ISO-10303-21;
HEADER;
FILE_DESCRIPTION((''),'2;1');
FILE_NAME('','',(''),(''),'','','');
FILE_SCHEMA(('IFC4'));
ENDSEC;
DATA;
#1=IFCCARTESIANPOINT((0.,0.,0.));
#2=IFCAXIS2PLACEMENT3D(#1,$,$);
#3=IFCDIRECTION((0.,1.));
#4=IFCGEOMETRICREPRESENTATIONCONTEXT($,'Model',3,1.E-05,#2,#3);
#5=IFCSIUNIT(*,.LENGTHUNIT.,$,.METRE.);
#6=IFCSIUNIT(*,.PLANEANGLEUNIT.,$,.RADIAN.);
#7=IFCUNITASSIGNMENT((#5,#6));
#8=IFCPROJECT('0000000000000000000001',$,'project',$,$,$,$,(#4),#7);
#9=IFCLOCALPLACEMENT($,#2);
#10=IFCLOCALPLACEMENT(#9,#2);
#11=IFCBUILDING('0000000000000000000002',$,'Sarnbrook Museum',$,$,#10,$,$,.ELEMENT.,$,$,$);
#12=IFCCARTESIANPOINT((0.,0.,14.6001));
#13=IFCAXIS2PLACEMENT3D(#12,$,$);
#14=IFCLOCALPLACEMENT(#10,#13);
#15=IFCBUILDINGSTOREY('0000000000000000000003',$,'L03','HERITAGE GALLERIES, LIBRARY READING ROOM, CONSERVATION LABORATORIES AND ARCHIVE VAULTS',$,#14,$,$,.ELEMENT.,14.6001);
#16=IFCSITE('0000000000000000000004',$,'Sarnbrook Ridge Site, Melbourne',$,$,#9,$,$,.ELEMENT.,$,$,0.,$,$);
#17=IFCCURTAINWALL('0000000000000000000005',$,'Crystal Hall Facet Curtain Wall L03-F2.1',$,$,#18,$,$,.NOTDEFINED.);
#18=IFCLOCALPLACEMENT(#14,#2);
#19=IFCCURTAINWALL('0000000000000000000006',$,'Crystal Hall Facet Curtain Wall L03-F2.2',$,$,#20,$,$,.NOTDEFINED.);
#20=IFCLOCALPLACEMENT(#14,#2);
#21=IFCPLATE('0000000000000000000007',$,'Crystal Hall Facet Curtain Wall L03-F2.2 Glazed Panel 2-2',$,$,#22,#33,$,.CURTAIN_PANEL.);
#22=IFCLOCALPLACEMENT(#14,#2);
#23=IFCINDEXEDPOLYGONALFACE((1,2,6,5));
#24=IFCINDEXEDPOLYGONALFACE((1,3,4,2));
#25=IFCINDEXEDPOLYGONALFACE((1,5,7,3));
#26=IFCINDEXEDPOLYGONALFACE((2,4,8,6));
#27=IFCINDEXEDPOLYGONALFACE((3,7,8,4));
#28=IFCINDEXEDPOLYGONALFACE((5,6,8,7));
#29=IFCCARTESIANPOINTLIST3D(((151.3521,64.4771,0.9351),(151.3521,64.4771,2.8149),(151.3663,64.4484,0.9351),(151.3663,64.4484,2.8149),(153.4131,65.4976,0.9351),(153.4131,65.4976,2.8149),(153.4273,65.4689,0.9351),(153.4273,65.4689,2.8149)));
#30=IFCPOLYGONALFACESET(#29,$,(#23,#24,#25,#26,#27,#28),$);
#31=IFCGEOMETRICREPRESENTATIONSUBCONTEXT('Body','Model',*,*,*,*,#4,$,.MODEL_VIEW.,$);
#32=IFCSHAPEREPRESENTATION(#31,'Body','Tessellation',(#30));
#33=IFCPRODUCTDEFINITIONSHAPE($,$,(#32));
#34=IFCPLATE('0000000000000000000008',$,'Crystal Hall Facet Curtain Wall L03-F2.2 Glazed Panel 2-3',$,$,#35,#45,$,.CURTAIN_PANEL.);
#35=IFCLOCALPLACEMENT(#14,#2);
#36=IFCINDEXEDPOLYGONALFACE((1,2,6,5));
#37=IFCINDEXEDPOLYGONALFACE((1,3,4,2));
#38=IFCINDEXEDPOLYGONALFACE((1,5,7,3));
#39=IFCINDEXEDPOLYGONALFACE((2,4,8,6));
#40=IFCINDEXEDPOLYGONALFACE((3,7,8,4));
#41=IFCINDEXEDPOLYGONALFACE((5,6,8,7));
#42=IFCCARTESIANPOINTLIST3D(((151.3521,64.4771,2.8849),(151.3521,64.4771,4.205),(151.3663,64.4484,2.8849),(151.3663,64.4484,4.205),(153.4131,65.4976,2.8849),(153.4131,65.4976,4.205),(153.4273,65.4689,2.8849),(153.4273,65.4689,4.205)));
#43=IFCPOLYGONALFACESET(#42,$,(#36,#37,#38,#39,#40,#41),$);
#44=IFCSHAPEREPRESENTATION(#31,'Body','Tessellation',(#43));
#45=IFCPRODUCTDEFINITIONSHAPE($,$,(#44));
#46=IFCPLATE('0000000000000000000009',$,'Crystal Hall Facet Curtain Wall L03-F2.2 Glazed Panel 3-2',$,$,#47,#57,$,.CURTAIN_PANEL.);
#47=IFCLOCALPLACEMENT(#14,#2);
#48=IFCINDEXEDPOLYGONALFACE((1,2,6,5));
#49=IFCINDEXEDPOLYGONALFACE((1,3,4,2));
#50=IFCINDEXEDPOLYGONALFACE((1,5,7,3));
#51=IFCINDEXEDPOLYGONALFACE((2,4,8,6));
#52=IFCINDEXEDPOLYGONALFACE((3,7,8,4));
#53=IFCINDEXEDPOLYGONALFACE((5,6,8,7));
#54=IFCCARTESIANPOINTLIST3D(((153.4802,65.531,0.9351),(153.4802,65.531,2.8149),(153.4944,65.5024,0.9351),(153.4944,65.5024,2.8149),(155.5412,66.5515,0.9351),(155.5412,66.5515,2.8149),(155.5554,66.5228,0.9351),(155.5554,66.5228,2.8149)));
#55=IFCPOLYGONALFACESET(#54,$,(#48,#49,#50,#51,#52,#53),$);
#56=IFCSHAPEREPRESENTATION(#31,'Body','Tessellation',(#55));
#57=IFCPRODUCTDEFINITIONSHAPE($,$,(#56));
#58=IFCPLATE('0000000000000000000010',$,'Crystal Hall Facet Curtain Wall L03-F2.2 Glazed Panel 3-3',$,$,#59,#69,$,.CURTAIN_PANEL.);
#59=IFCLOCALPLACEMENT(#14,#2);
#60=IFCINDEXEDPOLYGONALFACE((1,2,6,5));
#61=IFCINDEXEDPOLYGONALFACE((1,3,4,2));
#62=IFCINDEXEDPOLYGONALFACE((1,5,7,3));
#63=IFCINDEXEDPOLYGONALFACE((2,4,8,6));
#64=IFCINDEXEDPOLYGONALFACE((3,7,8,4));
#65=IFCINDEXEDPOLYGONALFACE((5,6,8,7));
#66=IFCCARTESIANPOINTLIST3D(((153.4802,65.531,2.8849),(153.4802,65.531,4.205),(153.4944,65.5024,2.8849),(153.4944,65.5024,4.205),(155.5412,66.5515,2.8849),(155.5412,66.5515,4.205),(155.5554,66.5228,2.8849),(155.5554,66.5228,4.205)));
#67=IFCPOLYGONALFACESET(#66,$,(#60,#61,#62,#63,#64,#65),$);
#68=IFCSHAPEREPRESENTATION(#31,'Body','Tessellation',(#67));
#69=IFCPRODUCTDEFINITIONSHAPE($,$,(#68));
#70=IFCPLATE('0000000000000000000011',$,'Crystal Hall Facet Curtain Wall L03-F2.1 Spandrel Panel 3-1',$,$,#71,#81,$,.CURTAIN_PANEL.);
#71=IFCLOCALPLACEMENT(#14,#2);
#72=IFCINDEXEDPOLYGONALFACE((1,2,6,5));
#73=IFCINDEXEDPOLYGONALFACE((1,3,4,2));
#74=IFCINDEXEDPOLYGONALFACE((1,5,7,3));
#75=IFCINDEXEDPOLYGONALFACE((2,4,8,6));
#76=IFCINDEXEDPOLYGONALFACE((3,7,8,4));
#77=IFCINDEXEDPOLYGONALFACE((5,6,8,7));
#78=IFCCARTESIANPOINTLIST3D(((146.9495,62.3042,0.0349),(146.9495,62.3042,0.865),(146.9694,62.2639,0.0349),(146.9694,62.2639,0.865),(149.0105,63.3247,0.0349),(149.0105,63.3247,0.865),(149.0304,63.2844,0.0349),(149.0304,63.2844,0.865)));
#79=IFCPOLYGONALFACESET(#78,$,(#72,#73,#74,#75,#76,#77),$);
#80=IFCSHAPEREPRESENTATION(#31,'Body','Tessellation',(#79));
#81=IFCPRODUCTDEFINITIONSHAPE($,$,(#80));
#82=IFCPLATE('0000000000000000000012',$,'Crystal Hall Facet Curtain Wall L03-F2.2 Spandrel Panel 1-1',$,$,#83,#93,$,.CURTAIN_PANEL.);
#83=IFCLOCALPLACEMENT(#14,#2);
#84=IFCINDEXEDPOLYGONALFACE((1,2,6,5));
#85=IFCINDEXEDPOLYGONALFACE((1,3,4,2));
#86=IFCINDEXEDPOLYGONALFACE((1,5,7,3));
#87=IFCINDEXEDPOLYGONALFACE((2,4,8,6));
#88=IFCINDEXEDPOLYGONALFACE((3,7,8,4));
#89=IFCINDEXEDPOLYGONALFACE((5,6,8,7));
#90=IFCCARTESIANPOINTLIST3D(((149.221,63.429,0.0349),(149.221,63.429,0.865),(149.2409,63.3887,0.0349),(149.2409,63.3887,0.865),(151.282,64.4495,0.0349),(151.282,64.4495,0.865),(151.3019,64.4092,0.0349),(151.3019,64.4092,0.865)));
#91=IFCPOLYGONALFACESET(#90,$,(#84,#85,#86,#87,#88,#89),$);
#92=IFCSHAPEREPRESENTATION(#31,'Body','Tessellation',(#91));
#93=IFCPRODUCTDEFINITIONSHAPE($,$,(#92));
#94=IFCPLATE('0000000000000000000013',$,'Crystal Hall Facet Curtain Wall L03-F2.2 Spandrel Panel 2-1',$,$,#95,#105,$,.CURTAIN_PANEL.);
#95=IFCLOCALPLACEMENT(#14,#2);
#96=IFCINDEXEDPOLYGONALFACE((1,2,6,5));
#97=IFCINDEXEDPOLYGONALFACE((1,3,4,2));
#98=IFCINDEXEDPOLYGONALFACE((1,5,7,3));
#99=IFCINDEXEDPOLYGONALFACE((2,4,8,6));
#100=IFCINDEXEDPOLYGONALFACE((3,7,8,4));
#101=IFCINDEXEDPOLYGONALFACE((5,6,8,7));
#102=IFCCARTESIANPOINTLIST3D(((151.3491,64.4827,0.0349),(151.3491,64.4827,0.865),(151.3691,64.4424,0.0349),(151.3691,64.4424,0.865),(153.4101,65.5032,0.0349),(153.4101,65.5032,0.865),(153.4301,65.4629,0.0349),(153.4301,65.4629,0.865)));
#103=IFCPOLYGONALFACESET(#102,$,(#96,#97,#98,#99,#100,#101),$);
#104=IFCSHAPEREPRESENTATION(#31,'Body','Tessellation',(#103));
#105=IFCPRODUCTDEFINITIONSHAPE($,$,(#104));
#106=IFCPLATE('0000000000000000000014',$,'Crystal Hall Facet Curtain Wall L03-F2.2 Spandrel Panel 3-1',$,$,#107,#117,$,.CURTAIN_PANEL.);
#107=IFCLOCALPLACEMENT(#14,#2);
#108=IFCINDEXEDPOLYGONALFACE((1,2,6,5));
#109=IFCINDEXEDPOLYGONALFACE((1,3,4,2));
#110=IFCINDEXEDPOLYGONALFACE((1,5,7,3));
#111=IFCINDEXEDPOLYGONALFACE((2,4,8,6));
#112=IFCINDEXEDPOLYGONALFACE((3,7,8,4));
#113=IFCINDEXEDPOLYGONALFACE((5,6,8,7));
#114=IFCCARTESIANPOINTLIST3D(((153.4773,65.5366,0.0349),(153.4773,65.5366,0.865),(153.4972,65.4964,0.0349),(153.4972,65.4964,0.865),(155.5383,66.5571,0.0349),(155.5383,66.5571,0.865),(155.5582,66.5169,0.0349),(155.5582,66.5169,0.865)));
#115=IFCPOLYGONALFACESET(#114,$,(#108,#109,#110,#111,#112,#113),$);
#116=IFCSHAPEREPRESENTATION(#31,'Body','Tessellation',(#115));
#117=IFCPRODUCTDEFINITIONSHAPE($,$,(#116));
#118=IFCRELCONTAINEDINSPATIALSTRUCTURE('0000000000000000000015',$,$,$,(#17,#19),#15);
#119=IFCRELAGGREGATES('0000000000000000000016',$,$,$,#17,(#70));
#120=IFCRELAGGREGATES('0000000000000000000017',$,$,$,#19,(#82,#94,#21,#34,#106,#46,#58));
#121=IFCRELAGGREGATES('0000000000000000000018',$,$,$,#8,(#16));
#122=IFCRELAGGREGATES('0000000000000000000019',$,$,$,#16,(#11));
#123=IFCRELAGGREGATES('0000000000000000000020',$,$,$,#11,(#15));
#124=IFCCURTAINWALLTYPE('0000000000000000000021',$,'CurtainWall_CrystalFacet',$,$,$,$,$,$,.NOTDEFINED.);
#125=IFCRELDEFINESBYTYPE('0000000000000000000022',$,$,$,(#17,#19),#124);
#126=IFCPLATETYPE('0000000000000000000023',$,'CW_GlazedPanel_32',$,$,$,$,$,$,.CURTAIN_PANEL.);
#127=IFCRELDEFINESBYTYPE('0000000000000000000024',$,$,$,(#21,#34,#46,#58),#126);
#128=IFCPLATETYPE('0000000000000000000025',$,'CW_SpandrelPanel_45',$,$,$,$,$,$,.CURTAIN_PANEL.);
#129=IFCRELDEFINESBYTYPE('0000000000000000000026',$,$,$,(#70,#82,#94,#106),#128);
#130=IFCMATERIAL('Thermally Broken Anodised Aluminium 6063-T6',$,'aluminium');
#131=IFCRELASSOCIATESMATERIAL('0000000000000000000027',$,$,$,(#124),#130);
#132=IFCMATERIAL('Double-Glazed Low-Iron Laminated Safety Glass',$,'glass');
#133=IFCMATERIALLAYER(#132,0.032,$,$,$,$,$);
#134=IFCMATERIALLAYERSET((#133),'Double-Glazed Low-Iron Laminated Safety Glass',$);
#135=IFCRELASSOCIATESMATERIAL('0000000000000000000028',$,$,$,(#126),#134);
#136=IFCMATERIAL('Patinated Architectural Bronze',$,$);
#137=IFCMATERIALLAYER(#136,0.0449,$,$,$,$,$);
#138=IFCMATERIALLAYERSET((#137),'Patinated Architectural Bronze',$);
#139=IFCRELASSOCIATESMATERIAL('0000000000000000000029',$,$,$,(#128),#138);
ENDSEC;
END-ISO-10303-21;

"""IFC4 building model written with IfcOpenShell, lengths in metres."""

from ifc_helpers import new_model, si_unit, direction, frame, origin, origin_2d, place, context, subcontext, project, spatial, rectangle, extrude, material, layer, layer_set, type_object, element, aggregate, save


model = new_model("IFC4")

# Units and contexts
model_context = context("Model", 3, precision=1e-05, world=origin(), true_north=direction((0.0, 1.0)))
body_context = subcontext(model_context, "Body", "Model", "MODEL_VIEW")
ifc_project = project(units=[si_unit("LENGTHUNIT", "METRE"), si_unit("PLANEANGLEUNIT", "RADIAN")], contexts=[model_context])

# Site, building, storey
site_placement = place(None, origin())
site = spatial("IfcSite", under=ifc_project, at=site_placement, Name="Sarnbrook Ridge Site, Melbourne", CompositionType="ELEMENT", RefElevation=0.0)
building_placement = place(site_placement, origin())
building = spatial("IfcBuilding", under=site, at=building_placement, Name="Sarnbrook Museum", CompositionType="ELEMENT")
storey_placement = place(building_placement, frame((0.0, 0.0, 14.6001)))
storey = spatial("IfcBuildingStorey", under=building, at=storey_placement, Name="L03", Description="HERITAGE GALLERIES, LIBRARY READING ROOM, CONSERVATION LABORATORIES AND ARCHIVE VAULTS", CompositionType="ELEMENT", Elevation=14.6001)

# Curtain walls
ifc_material_1 = material(Name="Thermally Broken Anodised Aluminium 6063-T6", Category="aluminium")
curtain_wall_type = type_object("IfcCurtainWallType", Name="CurtainWall_CrystalFacet", PredefinedType="NOTDEFINED", material=ifc_material_1)
curtain_wall_1_placement = place(storey_placement, origin())
curtain_wall_1 = element("IfcCurtainWall", 1, at=curtain_wall_1_placement, inside=storey, type_object=curtain_wall_type, Name="Crystal Hall Facet Curtain Wall L03-F2.1", PredefinedType="NOTDEFINED")
curtain_wall_2_placement = place(storey_placement, origin())
curtain_wall_2 = element("IfcCurtainWall", 2, at=curtain_wall_2_placement, inside=storey, type_object=curtain_wall_type, Name="Crystal Hall Facet Curtain Wall L03-F2.2", PredefinedType="NOTDEFINED")

# Plates
ifc_material_2 = material(Name="Double-Glazed Low-Iron Laminated Safety Glass", Category="glass")
ifc_layer_1 = layer(ifc_material_2, 0.032)
ifc_layer_set_1 = layer_set([ifc_layer_1], Name="Double-Glazed Low-Iron Laminated Safety Glass")
plate_type_1 = type_object("IfcPlateType", Name="CW_GlazedPanel_32", PredefinedType="CURTAIN_PANEL", material=ifc_layer_set_1)
plate_1_placement = place(storey_placement, frame((152.3826, 64.9873, 1.875), z_axis=(0.443731, -0.89616, 0.0), x_axis=(0.89616, 0.443731, 0.0)))
plate_1 = element("IfcPlate", 3, at=plate_1_placement, type_object=plate_type_1, Name="Crystal Hall Facet Curtain Wall L03-F2.2 Glazed Panel 2-2", PredefinedType="CURTAIN_PANEL", context=body_context, shape_type="SweptSolid", body=[
    extrude(rectangle(XDim=2.2998, YDim=1.8799, at=origin_2d()), origin(), (0.0, 0.0, 1.0), 0.032),
])
plate_2_placement = place(storey_placement, frame((152.3826, 64.9873, 3.5449), z_axis=(0.443731, -0.89616, 0.0), x_axis=(0.89616, 0.443731, 0.0)))
plate_2 = element("IfcPlate", 4, at=plate_2_placement, type_object=plate_type_1, Name="Crystal Hall Facet Curtain Wall L03-F2.2 Glazed Panel 2-3", PredefinedType="CURTAIN_PANEL", context=body_context, shape_type="SweptSolid", body=[
    extrude(rectangle(XDim=2.2998, YDim=1.3201, at=origin_2d()), origin(), (0.0, 0.0, 1.0), 0.032),
])
plate_3_placement = place(storey_placement, frame((154.5107, 66.0413, 1.875), z_axis=(0.443731, -0.89616, 0.0), x_axis=(0.89616, 0.443731, 0.0)))
plate_3 = element("IfcPlate", 5, at=plate_3_placement, type_object=plate_type_1, Name="Crystal Hall Facet Curtain Wall L03-F2.2 Glazed Panel 3-2", PredefinedType="CURTAIN_PANEL", context=body_context, shape_type="SweptSolid", body=[
    extrude(rectangle(XDim=2.2998, YDim=1.8799, at=origin_2d()), origin(), (0.0, 0.0, 1.0), 0.032),
])
plate_4_placement = place(storey_placement, frame((154.5107, 66.0413, 3.5449), z_axis=(0.443731, -0.89616, 0.0), x_axis=(0.89616, 0.443731, 0.0)))
plate_4 = element("IfcPlate", 6, at=plate_4_placement, type_object=plate_type_1, Name="Crystal Hall Facet Curtain Wall L03-F2.2 Glazed Panel 3-3", PredefinedType="CURTAIN_PANEL", context=body_context, shape_type="SweptSolid", body=[
    extrude(rectangle(XDim=2.2998, YDim=1.3201, at=origin_2d()), origin(), (0.0, 0.0, 1.0), 0.032),
])
ifc_material_3 = material(Name="Patinated Architectural Bronze")
ifc_layer_2 = layer(ifc_material_3, 0.0449)
ifc_layer_set_2 = layer_set([ifc_layer_2], Name="Patinated Architectural Bronze")
plate_type_2 = type_object("IfcPlateType", Name="CW_SpandrelPanel_45", PredefinedType="CURTAIN_PANEL", material=ifc_layer_set_2)
plate_5_placement = place(storey_placement, frame((147.98, 62.8145, 0.45), z_axis=(0.443731, -0.89616, 0.0), x_axis=(0.89616, 0.443731, 0.0)))
plate_5 = element("IfcPlate", 7, at=plate_5_placement, type_object=plate_type_2, Name="Crystal Hall Facet Curtain Wall L03-F2.1 Spandrel Panel 3-1", PredefinedType="CURTAIN_PANEL", context=body_context, shape_type="SweptSolid", body=[
    extrude(rectangle(XDim=2.2998, YDim=0.8301, at=origin_2d()), origin(), (0.0, 0.0, 1.0), 0.0449),
])
aggregate(curtain_wall_1, [plate_5])
plate_6_placement = place(storey_placement, frame((150.2515, 63.9392, 0.45), z_axis=(0.443731, -0.89616, 0.0), x_axis=(0.89616, 0.443731, 0.0)))
plate_6 = element("IfcPlate", 8, at=plate_6_placement, type_object=plate_type_2, Name="Crystal Hall Facet Curtain Wall L03-F2.2 Spandrel Panel 1-1", PredefinedType="CURTAIN_PANEL", context=body_context, shape_type="SweptSolid", body=[
    extrude(rectangle(XDim=2.2998, YDim=0.8301, at=origin_2d()), origin(), (0.0, 0.0, 1.0), 0.0449),
])
plate_7_placement = place(storey_placement, frame((152.3796, 64.9929, 0.45), z_axis=(0.443731, -0.89616, 0.0), x_axis=(0.89616, 0.443731, 0.0)))
plate_7 = element("IfcPlate", 9, at=plate_7_placement, type_object=plate_type_2, Name="Crystal Hall Facet Curtain Wall L03-F2.2 Spandrel Panel 2-1", PredefinedType="CURTAIN_PANEL", context=body_context, shape_type="SweptSolid", body=[
    extrude(rectangle(XDim=2.2998, YDim=0.8301, at=origin_2d()), origin(), (0.0, 0.0, 1.0), 0.0449),
])
plate_8_placement = place(storey_placement, frame((154.5078, 66.0469, 0.45), z_axis=(0.443731, -0.89616, 0.0), x_axis=(0.89616, 0.443731, 0.0)))
plate_8 = element("IfcPlate", 10, at=plate_8_placement, type_object=plate_type_2, Name="Crystal Hall Facet Curtain Wall L03-F2.2 Spandrel Panel 3-1", PredefinedType="CURTAIN_PANEL", context=body_context, shape_type="SweptSolid", body=[
    extrude(rectangle(XDim=2.2998, YDim=0.8301, at=origin_2d()), origin(), (0.0, 0.0, 1.0), 0.0449),
])
aggregate(curtain_wall_2, [plate_6, plate_7, plate_1, plate_2, plate_8, plate_3, plate_4])

save(model, "model.ifc")
